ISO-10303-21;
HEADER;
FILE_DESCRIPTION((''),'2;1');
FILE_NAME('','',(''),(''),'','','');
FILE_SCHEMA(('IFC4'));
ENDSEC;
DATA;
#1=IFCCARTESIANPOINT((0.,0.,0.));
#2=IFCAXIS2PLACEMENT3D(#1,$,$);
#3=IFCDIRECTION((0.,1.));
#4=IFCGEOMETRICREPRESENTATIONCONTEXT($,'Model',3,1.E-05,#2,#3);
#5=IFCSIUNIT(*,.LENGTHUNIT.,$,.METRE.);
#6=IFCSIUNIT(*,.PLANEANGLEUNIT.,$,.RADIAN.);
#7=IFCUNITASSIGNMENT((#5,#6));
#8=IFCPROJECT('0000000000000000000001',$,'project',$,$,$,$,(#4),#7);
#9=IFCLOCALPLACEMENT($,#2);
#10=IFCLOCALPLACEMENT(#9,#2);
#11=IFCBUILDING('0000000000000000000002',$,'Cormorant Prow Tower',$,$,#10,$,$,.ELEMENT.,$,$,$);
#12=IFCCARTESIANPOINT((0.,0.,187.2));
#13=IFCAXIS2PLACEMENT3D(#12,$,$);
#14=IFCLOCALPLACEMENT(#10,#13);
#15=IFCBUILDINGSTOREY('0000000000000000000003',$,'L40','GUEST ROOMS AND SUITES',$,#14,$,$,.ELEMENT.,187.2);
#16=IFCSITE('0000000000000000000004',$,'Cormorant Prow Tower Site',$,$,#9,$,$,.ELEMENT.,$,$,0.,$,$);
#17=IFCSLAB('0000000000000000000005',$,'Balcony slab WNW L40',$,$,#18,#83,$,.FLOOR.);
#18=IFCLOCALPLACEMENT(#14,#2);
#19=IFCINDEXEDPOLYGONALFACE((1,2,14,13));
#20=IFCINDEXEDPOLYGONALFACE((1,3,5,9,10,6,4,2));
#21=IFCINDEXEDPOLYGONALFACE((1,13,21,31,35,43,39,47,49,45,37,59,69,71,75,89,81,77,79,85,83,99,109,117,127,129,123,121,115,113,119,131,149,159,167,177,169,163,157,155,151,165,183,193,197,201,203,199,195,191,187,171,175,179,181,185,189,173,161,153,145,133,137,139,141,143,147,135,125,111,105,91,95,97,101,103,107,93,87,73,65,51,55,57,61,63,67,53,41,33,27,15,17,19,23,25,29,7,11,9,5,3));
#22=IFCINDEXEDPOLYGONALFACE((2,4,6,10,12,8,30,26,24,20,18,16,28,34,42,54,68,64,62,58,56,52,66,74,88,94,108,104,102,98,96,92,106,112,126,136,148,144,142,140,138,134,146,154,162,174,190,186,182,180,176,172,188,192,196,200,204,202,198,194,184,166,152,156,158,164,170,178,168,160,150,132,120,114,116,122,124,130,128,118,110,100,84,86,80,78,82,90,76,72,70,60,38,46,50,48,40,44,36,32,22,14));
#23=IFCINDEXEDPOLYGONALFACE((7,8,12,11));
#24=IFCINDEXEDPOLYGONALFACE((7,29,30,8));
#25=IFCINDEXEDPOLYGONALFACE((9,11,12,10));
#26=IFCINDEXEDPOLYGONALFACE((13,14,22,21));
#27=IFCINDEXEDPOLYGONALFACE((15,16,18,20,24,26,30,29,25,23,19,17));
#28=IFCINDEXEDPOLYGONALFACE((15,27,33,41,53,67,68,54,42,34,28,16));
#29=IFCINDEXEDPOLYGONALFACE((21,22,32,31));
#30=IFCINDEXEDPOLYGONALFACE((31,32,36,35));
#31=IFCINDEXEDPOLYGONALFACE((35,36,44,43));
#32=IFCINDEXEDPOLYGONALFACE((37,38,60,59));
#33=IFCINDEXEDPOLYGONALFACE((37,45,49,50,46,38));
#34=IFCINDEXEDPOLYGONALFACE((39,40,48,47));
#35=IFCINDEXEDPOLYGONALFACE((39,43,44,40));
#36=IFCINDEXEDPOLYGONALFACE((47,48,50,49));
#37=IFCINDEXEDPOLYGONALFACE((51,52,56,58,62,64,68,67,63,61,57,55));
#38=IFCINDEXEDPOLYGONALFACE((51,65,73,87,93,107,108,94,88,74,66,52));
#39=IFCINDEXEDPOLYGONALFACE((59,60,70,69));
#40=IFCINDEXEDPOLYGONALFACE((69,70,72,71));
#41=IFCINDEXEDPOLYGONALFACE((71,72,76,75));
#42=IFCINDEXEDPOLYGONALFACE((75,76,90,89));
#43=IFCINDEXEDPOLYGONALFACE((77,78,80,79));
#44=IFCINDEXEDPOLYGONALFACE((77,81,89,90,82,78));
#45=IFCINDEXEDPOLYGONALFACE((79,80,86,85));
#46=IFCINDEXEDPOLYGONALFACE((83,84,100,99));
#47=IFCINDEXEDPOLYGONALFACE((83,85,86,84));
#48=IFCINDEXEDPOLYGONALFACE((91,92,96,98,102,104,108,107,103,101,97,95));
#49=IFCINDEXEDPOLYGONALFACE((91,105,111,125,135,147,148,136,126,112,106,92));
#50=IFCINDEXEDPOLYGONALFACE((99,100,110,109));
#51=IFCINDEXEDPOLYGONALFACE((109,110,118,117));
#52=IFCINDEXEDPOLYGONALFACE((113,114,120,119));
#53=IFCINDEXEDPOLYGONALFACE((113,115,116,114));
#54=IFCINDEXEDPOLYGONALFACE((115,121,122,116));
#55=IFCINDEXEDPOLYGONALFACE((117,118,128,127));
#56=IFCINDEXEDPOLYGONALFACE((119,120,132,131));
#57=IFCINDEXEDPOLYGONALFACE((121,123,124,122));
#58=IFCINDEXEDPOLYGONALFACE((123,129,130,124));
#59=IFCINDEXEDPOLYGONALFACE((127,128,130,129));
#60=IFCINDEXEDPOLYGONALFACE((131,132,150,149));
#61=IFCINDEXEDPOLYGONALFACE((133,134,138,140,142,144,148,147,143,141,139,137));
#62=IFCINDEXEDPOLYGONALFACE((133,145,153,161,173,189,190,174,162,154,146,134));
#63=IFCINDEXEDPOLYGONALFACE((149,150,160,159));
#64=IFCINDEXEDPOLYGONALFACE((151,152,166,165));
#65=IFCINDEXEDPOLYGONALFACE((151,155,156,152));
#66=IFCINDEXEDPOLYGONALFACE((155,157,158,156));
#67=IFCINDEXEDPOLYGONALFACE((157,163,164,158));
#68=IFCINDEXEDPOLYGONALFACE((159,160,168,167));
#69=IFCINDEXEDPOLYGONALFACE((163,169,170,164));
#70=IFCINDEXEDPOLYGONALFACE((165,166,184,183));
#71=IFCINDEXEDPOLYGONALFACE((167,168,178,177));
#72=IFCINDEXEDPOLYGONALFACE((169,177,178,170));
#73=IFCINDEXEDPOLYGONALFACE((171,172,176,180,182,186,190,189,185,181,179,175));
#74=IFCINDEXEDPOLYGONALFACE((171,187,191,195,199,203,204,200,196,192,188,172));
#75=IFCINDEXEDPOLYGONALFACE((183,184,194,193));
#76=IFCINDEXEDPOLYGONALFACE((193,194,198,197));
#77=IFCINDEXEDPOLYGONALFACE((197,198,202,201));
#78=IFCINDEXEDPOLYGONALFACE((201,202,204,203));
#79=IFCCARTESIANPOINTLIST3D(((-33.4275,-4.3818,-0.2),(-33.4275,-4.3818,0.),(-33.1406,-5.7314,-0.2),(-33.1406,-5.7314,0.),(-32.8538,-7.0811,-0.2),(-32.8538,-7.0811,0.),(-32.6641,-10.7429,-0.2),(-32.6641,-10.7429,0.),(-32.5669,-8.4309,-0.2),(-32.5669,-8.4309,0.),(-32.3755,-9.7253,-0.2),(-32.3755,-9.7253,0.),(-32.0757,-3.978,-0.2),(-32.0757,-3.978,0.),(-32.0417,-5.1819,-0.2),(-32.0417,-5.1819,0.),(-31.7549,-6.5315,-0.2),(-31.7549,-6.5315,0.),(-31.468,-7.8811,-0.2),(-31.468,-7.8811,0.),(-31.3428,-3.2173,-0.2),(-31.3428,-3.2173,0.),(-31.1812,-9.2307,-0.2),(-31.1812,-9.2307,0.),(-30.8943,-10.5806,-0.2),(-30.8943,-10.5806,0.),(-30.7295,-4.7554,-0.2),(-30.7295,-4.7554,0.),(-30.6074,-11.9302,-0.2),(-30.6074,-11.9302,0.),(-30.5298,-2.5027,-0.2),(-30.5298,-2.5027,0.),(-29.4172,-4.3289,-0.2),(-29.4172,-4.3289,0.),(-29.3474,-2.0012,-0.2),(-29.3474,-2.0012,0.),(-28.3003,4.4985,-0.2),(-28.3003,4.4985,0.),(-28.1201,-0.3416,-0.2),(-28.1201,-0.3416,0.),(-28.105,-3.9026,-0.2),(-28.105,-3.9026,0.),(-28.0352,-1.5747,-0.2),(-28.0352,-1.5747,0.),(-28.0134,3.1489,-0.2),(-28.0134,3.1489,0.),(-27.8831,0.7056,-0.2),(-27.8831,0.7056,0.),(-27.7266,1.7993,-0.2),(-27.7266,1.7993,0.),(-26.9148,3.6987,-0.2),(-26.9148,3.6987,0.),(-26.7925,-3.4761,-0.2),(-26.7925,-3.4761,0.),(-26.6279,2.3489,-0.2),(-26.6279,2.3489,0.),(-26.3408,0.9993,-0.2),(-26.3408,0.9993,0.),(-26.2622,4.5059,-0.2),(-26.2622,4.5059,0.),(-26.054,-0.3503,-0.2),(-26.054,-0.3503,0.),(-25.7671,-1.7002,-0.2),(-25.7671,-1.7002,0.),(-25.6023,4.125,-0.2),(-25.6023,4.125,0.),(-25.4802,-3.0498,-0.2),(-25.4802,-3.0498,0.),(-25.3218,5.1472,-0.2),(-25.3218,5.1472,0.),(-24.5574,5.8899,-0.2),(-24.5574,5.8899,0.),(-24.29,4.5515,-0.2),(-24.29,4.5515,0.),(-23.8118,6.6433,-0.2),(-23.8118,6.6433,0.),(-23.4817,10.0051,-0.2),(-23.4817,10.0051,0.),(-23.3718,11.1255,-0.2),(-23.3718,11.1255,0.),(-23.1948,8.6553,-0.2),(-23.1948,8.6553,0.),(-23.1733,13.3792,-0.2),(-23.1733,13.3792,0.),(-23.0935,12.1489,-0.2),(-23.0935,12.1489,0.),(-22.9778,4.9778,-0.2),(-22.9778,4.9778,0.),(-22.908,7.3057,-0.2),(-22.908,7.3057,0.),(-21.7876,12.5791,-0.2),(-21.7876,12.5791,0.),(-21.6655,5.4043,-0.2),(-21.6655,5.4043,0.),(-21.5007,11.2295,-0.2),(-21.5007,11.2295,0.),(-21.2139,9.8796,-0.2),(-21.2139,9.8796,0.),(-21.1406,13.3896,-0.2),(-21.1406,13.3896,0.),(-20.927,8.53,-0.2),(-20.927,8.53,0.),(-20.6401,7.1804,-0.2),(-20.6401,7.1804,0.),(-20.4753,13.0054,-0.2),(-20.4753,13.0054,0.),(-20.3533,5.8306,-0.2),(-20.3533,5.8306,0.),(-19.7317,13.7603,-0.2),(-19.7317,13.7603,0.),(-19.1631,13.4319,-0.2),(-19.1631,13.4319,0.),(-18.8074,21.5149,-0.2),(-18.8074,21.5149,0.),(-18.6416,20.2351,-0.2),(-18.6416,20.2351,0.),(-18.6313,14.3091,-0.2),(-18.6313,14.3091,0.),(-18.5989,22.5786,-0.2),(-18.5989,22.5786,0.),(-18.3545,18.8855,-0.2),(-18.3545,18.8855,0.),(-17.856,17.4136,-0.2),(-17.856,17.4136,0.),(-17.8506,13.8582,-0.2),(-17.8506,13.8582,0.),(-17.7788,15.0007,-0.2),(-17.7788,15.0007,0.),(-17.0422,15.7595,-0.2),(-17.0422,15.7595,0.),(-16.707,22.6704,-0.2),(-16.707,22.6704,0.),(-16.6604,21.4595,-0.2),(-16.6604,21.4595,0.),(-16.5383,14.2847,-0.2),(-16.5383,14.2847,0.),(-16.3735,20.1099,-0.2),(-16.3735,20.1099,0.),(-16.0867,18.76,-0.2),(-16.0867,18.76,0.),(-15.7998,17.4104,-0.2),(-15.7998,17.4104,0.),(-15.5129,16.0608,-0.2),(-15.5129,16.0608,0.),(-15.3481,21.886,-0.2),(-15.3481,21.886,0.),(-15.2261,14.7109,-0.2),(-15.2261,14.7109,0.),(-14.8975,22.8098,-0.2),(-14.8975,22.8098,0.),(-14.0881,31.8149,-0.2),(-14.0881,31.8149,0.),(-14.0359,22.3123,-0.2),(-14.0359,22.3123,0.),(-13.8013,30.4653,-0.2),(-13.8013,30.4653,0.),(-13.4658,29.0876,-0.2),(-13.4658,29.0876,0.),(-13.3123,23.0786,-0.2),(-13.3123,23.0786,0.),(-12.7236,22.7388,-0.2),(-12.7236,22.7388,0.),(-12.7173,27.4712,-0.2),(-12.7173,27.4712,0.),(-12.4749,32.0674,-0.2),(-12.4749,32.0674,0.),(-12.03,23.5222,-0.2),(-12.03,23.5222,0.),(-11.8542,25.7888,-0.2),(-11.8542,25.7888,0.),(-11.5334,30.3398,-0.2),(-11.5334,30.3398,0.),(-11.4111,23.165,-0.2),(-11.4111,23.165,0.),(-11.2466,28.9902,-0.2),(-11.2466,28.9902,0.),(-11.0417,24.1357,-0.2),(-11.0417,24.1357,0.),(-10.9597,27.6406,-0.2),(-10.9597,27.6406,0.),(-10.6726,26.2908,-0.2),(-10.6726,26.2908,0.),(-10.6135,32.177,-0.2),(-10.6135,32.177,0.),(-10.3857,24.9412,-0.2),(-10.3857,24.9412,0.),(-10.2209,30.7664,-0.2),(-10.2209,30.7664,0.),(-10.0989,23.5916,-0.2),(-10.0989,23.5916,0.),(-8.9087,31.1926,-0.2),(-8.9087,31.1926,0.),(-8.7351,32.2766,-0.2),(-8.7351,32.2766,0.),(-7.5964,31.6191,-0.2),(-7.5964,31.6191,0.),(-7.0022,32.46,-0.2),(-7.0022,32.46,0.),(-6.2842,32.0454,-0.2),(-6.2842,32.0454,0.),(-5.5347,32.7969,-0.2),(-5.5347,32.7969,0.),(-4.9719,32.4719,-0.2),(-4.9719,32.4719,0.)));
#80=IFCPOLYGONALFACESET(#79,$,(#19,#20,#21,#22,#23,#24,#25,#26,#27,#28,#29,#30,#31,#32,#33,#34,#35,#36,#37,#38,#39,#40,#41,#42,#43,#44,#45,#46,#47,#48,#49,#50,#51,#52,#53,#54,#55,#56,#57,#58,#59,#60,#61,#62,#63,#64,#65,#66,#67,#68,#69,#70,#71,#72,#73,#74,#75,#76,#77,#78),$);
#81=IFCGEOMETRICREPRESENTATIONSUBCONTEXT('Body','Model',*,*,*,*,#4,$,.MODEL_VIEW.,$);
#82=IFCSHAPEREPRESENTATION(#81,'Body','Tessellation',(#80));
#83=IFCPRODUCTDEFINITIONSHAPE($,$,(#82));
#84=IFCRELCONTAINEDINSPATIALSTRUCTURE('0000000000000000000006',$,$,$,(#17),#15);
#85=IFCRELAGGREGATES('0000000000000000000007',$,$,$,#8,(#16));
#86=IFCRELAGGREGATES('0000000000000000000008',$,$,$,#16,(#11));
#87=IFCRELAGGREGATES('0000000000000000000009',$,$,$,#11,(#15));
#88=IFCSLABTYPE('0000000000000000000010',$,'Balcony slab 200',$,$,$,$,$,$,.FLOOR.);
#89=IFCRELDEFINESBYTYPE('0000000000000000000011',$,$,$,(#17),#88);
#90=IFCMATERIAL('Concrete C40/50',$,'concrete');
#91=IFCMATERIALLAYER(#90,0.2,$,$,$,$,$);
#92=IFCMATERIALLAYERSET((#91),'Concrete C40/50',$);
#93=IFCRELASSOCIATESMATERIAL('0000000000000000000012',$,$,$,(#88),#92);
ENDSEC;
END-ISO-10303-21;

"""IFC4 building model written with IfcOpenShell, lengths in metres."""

from ifc_helpers import new_model, si_unit, direction, frame, origin, place, context, subcontext, project, spatial, polyline, outline, extrude, material, layer, layer_set, type_object, element, save


model = new_model("IFC4")

# Units and contexts
model_context = context("Model", 3, precision=1e-05, world=origin(), true_north=direction((0.0, 1.0)))
body_context = subcontext(model_context, "Body", "Model", "MODEL_VIEW")
ifc_project = project(units=[si_unit("LENGTHUNIT", "METRE"), si_unit("PLANEANGLEUNIT", "RADIAN")], contexts=[model_context])

# Site, building, storey
site_placement = place(None, origin())
site = spatial("IfcSite", under=ifc_project, at=site_placement, Name="Cormorant Prow Tower Site", CompositionType="ELEMENT", RefElevation=0.0)
building_placement = place(site_placement, origin())
building = spatial("IfcBuilding", under=site, at=building_placement, Name="Cormorant Prow Tower", CompositionType="ELEMENT")
storey_placement = place(building_placement, frame((0.0, 0.0, 187.2)))
storey = spatial("IfcBuildingStorey", under=building, at=storey_placement, Name="L40", Description="GUEST ROOMS AND SUITES", CompositionType="ELEMENT", Elevation=187.2)

# Slab
ifc_material_1 = material(Name="Concrete C40/50", Category="concrete")
ifc_layer_1 = layer(ifc_material_1, 0.2)
ifc_layer_set_1 = layer_set([ifc_layer_1], Name="Concrete C40/50")
slab_type_1 = type_object("IfcSlabType", Name="Balcony slab 200", PredefinedType="FLOOR", material=ifc_layer_set_1)
slab_1_placement = place(storey_placement, frame((0.0, 0.0, -0.2)))
element("IfcSlab", 1, at=slab_1_placement, inside=storey, type_object=slab_type_1, Name="Balcony slab WNW L40", PredefinedType="FLOOR", context=body_context, shape_type="SweptSolid", body=[
    extrude(outline(polyline([(-4.9719, 32.4719), (-5.5347, 32.7969), (-7.0022, 32.46), (-8.7351, 32.2766), (-10.6135, 32.177), (-12.4749, 32.0674), (-14.0881, 31.8149), (-13.8013, 30.4653), (-13.4658, 29.0876), (-12.7173, 27.4712), (-11.8542, 25.7888), (-11.0417, 24.1357), (-12.03, 23.5222), (-13.3123, 23.0786), (-14.8975, 22.8098), (-16.707, 22.6704), (-18.5989, 22.5786), (-18.8074, 21.5149), (-18.6416, 20.2351), (-18.3545, 18.8855), (-17.856, 17.4136), (-17.0422, 15.7595), (-17.7788, 15.0007), (-18.6313, 14.3091), (-19.7317, 13.7603), (-21.1406, 13.3896), (-23.1733, 13.3792), (-23.0935, 12.1489), (-23.3718, 11.1255), (-23.4817, 10.0051), (-23.1948, 8.6553), (-22.908, 7.3057), (-23.8118, 6.6433), (-24.5574, 5.8899), (-25.3218, 5.1472), (-26.2622, 4.5059), (-28.3003, 4.4985), (-28.0134, 3.1489), (-27.7266, 1.7993), (-27.8831, 0.7056), (-28.1201, -0.3416), (-28.0352, -1.5747), (-29.3474, -2.0012), (-30.5298, -2.5027), (-31.3428, -3.2173), (-32.0757, -3.978), (-33.4275, -4.3818), (-33.1406, -5.7314), (-32.8538, -7.0811), (-32.5669, -8.4309), (-32.3755, -9.7253), (-32.6641, -10.7429), (-30.6074, -11.9302), (-30.8943, -10.5806), (-31.1812, -9.2307), (-31.468, -7.8811), (-31.7549, -6.5315), (-32.0417, -5.1819), (-30.7295, -4.7554), (-29.4172, -4.3289), (-28.105, -3.9026), (-26.7925, -3.4761), (-25.4802, -3.0498), (-25.7671, -1.7002), (-26.054, -0.3503), (-26.3408, 0.9993), (-26.6279, 2.3489), (-26.9148, 3.6987), (-25.6023, 4.125), (-24.29, 4.5515), (-22.9778, 4.9778), (-21.6655, 5.4043), (-20.3533, 5.8306), (-20.6401, 7.1804), (-20.927, 8.53), (-21.2139, 9.8796), (-21.5007, 11.2295), (-21.7876, 12.5791), (-20.4753, 13.0054), (-19.1631, 13.4319), (-17.8506, 13.8582), (-16.5383, 14.2847), (-15.2261, 14.7109), (-15.5129, 16.0608), (-15.7998, 17.4104), (-16.0867, 18.76), (-16.3735, 20.1099), (-16.6604, 21.4595), (-15.3481, 21.886), (-14.0359, 22.3123), (-12.7236, 22.7388), (-11.4111, 23.165), (-10.0989, 23.5916), (-10.3857, 24.9412), (-10.6726, 26.2908), (-10.9597, 27.6406), (-11.2466, 28.9902), (-11.5334, 30.3398), (-10.2209, 30.7664), (-8.9087, 31.1926), (-7.5964, 31.6191), (-6.2842, 32.0454), (-4.9719, 32.4719)])), origin(), (0.0, 0.0, 1.0), 0.2),
])

save(model, "model.ifc")
